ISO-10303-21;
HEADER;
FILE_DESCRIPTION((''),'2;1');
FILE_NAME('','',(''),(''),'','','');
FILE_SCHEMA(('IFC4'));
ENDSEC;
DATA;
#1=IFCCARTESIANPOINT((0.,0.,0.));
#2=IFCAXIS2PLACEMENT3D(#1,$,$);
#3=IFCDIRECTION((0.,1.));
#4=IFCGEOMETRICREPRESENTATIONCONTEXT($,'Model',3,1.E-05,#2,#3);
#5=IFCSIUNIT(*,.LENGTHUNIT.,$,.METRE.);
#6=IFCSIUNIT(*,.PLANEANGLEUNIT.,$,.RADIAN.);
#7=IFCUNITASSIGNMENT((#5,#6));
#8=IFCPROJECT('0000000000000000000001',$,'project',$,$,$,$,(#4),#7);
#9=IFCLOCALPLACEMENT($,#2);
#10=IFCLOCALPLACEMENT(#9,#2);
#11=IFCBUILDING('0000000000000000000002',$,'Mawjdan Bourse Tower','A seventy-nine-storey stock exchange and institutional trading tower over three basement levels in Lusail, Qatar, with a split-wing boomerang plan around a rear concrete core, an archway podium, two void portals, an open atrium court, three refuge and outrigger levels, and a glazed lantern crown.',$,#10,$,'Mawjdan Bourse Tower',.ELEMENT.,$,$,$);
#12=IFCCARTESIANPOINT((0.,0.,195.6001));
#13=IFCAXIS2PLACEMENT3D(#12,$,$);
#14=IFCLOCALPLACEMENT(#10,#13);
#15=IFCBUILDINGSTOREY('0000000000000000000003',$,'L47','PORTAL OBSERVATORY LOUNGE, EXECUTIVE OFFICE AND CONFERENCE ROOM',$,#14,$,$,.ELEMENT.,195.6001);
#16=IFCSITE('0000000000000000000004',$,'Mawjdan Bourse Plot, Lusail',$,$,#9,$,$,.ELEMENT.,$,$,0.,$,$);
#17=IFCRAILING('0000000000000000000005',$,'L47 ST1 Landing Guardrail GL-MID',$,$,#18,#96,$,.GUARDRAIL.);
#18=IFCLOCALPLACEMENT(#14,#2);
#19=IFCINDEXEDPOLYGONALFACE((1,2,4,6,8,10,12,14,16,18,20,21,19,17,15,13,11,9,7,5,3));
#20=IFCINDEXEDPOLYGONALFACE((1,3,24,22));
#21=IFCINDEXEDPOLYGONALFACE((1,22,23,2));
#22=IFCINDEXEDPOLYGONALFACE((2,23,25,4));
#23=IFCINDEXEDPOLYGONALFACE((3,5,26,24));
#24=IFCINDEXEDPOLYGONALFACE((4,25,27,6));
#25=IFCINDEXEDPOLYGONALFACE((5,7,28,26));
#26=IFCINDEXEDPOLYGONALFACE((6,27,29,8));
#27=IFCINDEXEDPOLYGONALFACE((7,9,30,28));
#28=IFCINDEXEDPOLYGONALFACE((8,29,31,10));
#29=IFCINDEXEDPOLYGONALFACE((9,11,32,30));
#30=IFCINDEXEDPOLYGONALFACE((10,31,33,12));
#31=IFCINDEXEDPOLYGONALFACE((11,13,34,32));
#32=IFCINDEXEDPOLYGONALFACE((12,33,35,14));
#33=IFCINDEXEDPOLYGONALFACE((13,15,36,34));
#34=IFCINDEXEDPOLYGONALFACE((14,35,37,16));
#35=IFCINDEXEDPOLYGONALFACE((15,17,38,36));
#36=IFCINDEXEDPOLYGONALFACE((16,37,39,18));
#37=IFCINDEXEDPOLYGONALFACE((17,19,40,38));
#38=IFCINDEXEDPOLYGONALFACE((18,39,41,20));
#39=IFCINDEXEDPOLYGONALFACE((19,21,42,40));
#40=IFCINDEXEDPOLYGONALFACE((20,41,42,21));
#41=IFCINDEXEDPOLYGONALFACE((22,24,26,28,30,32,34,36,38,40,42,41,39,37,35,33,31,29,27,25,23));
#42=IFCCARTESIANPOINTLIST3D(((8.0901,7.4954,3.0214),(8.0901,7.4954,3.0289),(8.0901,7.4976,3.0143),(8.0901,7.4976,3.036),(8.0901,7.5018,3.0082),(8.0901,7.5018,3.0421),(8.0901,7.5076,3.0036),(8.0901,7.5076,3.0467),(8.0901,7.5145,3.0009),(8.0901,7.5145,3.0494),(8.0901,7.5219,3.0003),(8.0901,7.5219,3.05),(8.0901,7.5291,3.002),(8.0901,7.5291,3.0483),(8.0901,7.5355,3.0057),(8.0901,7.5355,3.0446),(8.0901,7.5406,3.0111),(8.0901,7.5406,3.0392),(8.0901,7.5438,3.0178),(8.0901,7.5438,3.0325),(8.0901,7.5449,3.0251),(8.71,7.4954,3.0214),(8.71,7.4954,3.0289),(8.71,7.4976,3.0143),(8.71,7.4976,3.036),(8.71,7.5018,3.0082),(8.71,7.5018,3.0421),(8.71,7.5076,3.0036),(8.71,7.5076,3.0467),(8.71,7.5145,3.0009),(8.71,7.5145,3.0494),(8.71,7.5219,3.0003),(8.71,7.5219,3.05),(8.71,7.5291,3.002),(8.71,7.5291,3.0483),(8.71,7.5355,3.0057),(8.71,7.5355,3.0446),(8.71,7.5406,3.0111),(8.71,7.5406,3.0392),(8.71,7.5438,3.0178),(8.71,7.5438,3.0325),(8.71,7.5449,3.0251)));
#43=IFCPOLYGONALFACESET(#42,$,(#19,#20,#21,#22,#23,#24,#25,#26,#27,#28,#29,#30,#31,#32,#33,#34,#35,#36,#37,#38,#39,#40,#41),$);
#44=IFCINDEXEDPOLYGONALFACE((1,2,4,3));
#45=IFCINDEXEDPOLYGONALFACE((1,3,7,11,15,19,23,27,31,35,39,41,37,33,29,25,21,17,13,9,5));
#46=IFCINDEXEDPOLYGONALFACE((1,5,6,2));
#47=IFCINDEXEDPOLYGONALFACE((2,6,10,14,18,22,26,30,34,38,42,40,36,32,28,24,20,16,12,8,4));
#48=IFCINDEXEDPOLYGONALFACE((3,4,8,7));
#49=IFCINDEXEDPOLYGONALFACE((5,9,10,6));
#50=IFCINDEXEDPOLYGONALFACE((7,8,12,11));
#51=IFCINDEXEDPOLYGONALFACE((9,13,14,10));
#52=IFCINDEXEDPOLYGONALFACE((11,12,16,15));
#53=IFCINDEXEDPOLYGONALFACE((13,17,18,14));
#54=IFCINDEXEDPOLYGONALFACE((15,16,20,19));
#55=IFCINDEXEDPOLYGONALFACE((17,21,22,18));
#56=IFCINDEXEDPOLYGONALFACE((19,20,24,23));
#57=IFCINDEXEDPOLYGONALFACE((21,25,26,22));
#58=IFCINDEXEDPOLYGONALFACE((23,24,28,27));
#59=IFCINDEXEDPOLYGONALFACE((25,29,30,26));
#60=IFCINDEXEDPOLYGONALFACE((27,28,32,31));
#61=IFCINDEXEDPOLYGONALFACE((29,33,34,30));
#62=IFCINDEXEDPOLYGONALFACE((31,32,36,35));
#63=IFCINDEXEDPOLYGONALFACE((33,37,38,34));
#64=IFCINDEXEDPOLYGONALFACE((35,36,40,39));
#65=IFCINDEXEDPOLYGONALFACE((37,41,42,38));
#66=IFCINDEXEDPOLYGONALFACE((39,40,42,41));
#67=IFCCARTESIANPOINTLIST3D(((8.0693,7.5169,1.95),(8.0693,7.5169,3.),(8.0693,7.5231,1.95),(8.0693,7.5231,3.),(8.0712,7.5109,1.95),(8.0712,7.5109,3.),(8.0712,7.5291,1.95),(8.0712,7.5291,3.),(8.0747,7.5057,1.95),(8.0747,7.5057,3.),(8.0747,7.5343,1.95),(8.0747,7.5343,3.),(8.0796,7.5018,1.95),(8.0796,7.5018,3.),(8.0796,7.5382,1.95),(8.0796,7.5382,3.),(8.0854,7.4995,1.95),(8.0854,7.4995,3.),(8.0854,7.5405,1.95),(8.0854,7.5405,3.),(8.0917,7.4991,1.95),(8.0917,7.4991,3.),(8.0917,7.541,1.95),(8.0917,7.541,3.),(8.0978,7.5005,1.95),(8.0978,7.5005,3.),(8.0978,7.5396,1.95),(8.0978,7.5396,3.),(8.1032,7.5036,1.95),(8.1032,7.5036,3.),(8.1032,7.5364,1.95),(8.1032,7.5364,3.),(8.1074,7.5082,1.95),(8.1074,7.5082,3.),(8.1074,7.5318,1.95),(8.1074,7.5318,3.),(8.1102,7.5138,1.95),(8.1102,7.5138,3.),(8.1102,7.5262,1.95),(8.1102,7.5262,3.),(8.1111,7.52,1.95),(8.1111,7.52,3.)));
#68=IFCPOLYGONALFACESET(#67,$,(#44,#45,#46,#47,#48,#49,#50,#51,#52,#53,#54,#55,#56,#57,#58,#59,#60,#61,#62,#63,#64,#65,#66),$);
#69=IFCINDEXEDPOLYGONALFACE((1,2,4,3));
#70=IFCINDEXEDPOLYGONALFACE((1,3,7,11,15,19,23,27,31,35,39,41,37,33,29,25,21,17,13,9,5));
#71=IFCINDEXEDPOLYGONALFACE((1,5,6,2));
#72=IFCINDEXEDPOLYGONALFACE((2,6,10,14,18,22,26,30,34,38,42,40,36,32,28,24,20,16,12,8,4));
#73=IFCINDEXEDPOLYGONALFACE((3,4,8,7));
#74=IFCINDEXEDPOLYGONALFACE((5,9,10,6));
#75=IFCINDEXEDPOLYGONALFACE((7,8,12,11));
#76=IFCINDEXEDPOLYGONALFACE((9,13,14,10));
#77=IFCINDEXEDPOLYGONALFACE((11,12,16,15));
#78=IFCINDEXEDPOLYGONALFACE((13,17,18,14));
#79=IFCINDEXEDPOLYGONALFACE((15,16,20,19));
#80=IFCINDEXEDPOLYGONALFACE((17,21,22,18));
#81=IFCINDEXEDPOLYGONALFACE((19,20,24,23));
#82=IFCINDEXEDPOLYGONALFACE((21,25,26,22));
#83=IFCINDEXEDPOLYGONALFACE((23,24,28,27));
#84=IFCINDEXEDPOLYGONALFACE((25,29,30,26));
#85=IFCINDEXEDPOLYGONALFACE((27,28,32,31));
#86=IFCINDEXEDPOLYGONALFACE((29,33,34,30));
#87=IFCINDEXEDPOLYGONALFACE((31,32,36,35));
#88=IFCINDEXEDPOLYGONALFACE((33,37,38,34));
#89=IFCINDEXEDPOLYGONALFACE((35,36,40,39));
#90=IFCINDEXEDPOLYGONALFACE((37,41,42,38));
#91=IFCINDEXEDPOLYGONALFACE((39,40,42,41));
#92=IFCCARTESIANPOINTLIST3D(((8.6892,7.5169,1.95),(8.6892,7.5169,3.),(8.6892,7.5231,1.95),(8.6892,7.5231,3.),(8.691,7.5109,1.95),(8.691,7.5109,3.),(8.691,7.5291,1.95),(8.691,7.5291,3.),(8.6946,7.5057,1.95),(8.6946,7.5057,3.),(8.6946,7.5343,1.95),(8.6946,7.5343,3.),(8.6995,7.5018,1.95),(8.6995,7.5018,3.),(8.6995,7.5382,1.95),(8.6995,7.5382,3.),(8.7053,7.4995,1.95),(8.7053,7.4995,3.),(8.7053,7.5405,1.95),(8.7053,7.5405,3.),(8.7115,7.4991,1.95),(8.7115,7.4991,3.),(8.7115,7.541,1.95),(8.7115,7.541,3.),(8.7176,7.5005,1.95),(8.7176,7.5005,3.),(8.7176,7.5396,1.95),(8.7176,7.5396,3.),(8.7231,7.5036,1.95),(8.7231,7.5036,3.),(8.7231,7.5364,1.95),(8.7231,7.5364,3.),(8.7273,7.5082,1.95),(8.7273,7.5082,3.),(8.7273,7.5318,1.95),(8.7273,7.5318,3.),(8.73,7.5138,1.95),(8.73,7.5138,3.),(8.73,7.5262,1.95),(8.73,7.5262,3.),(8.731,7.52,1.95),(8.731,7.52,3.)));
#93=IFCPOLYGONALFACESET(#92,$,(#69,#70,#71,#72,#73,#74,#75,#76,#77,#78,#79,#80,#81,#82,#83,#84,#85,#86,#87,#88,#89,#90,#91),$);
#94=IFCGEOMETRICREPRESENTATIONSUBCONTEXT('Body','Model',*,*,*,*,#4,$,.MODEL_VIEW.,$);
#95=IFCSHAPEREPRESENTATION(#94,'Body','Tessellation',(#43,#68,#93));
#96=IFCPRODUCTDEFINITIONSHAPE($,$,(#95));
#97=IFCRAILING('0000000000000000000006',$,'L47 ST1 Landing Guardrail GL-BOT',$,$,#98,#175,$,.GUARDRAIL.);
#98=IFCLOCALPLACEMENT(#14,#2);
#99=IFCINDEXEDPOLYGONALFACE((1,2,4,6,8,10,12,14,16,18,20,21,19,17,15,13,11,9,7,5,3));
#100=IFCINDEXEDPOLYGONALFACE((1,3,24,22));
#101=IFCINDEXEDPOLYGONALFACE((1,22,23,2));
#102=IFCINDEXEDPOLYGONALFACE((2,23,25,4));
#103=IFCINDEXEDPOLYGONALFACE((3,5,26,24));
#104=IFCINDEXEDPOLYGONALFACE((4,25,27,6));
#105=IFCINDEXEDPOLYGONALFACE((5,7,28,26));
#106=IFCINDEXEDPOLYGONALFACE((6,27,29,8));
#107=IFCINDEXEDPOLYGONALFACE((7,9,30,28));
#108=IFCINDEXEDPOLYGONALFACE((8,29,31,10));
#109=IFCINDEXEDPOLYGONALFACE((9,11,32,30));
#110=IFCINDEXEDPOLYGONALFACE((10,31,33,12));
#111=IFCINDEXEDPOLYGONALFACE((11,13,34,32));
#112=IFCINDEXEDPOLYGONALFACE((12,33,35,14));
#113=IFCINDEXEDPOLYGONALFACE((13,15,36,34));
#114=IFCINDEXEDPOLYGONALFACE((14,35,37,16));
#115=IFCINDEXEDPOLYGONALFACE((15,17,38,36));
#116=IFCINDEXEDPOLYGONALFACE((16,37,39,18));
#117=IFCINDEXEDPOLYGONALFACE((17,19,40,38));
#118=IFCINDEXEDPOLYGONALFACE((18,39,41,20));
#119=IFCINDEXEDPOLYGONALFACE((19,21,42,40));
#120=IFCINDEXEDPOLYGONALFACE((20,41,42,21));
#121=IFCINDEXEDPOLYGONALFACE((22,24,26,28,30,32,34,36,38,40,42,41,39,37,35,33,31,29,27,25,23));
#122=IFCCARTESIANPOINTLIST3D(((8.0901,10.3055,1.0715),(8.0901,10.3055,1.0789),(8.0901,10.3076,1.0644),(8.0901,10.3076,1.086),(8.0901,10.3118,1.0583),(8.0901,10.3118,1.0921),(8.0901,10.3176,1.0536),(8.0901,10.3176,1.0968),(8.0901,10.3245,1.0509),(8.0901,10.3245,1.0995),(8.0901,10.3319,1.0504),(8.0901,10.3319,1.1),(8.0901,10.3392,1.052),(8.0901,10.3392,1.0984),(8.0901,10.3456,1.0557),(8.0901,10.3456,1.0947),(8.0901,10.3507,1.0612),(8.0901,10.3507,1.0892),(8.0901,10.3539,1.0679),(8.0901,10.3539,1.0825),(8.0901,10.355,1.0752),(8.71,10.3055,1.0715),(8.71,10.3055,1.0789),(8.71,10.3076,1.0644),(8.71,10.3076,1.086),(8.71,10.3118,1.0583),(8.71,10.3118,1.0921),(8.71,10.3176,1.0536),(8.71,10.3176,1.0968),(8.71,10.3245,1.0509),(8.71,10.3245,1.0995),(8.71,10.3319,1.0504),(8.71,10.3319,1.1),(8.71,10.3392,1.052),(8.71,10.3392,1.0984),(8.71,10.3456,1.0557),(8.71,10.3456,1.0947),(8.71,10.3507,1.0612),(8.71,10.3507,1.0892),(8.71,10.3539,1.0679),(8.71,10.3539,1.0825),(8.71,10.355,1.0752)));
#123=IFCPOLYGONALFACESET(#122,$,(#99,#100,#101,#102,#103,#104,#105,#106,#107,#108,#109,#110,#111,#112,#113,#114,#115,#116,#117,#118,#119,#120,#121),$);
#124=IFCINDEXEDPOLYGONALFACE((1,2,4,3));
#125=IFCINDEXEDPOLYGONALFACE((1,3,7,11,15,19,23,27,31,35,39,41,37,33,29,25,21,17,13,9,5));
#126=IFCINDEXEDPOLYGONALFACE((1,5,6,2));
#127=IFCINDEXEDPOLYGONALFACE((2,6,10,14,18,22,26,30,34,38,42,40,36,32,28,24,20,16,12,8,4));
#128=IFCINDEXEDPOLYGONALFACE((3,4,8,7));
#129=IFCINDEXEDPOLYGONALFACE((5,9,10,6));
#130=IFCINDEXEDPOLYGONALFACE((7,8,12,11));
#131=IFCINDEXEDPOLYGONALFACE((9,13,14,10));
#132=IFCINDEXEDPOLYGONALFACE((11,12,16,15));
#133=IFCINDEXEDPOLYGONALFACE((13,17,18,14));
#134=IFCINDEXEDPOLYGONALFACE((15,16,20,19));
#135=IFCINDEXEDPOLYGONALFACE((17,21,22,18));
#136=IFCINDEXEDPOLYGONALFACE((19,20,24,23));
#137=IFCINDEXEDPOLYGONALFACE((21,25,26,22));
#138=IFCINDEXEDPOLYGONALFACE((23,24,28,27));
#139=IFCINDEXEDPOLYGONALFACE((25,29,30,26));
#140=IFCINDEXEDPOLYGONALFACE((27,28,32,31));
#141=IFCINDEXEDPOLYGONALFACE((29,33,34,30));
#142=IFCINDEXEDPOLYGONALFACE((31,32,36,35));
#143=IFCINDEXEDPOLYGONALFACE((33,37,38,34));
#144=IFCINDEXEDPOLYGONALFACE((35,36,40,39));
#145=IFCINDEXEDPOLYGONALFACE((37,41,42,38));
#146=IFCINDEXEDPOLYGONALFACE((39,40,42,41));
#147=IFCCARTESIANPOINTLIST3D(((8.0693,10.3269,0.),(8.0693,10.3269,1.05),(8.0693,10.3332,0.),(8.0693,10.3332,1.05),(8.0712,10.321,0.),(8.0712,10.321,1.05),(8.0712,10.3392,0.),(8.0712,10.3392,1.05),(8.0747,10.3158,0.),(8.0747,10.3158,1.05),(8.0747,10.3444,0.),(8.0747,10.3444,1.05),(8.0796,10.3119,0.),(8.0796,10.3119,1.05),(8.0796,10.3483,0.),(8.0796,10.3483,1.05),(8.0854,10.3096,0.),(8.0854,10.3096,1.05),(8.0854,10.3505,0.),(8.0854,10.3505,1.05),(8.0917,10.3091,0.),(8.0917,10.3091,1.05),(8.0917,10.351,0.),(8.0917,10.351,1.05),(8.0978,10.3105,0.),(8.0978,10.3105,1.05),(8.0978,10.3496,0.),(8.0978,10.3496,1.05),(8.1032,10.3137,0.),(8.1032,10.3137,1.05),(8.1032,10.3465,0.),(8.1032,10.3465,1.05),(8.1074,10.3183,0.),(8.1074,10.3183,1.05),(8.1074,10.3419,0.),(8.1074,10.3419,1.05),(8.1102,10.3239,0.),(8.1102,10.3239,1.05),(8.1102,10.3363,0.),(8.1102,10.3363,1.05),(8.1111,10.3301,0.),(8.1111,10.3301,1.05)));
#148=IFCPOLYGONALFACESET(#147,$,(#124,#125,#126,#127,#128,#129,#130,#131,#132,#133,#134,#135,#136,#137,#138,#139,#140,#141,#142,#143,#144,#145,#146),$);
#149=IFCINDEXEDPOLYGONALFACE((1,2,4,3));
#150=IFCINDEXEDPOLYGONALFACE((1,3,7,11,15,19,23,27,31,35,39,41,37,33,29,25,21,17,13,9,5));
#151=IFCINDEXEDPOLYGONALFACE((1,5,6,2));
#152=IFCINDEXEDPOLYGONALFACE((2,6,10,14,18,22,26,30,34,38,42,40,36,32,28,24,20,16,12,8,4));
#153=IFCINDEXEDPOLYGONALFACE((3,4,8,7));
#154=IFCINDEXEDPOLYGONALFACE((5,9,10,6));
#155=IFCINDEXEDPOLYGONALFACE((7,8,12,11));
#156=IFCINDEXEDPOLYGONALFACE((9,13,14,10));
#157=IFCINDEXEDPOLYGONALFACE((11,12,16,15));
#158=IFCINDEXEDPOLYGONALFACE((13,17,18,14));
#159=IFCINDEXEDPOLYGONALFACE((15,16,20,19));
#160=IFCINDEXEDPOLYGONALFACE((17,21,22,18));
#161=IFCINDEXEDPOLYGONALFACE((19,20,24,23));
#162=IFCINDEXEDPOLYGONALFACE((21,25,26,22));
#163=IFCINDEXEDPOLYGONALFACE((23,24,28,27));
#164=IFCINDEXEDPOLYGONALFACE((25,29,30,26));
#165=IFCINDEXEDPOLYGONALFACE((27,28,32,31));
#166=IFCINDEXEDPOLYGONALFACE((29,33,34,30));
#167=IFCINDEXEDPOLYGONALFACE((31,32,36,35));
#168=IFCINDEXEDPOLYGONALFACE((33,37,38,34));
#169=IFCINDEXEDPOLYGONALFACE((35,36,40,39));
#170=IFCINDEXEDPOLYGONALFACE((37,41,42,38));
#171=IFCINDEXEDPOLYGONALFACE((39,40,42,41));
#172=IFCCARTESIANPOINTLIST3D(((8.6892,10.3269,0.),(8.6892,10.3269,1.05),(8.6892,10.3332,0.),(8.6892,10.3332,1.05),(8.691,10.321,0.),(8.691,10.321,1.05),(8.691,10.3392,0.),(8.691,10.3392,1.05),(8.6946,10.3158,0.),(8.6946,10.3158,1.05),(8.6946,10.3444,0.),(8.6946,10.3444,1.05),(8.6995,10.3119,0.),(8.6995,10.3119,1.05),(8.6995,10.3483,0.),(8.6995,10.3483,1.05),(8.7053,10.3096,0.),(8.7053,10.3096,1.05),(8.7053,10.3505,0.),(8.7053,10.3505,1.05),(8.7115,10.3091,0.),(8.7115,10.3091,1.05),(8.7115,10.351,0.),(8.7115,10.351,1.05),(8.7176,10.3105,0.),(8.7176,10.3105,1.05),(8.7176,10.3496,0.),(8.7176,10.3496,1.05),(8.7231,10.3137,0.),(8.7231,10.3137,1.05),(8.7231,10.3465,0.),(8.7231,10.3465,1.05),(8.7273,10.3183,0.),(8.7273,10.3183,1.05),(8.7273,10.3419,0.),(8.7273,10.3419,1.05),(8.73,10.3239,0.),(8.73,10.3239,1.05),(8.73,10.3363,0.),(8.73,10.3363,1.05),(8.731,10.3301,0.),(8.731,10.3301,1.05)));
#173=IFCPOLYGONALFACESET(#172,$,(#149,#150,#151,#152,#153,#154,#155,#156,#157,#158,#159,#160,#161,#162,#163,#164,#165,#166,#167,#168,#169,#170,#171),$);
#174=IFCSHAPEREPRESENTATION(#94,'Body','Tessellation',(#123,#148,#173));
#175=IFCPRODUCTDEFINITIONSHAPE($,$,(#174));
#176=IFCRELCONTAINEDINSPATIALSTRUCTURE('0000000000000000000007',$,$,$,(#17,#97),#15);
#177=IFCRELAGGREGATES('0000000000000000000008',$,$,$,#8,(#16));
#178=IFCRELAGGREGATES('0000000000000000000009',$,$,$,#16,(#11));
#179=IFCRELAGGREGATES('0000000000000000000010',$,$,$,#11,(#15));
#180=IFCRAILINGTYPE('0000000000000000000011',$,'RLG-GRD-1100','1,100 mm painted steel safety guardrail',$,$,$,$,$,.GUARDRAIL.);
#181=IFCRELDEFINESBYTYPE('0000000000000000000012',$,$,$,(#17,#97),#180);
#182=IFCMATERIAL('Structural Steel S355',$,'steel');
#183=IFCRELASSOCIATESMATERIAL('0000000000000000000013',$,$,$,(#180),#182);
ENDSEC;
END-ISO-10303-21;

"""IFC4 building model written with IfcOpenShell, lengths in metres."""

from ifc_helpers import new_model, si_unit, direction, frame, origin, origin_2d, place, context, subcontext, project, spatial, circle, extrude, material, type_object, element, save


model = new_model("IFC4")

# Units and contexts
model_context = context("Model", 3, precision=1e-05, world=origin(), true_north=direction((0.0, 1.0)))
body_context = subcontext(model_context, "Body", "Model", "MODEL_VIEW")
ifc_project = project(units=[si_unit("LENGTHUNIT", "METRE"), si_unit("PLANEANGLEUNIT", "RADIAN")], contexts=[model_context])

# Site, building, storey
site_placement = place(None, origin())
site = spatial("IfcSite", under=ifc_project, at=site_placement, Name="Mawjdan Bourse Plot, Lusail", CompositionType="ELEMENT", RefElevation=0.0)
building_placement = place(site_placement, origin())
building = spatial("IfcBuilding", under=site, at=building_placement, Name="Mawjdan Bourse Tower", Description="A seventy-nine-storey stock exchange and institutional trading tower over three basement levels in Lusail, Qatar, with a split-wing boomerang plan around a rear concrete core, an archway podium, two void portals, an open atrium court, three refuge and outrigger levels, and a glazed lantern crown.", LongName="Mawjdan Bourse Tower", CompositionType="ELEMENT")
storey_placement = place(building_placement, frame((0.0, 0.0, 195.6001)))
storey = spatial("IfcBuildingStorey", under=building, at=storey_placement, Name="L47", Description="PORTAL OBSERVATORY LOUNGE, EXECUTIVE OFFICE AND CONFERENCE ROOM", CompositionType="ELEMENT", Elevation=195.6001)

# Railings
ifc_material_1 = material(Name="Structural Steel S355", Category="steel")
railing_type_1 = type_object("IfcRailingType", Name="RLG-GRD-1100", Description="1,100 mm painted steel safety guardrail", PredefinedType="GUARDRAIL", material=ifc_material_1)
for number, where, name in (
    (1, (8.0901, 7.52, 1.95), "L47 ST1 Landing Guardrail GL-MID"),
    (2, (8.0901, 10.3301, 0.0), "L47 ST1 Landing Guardrail GL-BOT"),
):
    element("IfcRailing", number, at=place(storey_placement, frame(where)), inside=storey, type_object=railing_type_1, Name=name, PredefinedType="GUARDRAIL", context=body_context, shape_type="SweptSolid", body=[
        extrude(circle(Radius=0.0249, at=origin_2d()), frame((0.0, 0.0, 1.0752), z_axis=(1.0, 0.0, 0.0), x_axis=(0.0, 1.0, 0.0)), (0.0, 0.0, 1.0), 0.6199),
        extrude(circle(Radius=0.021, at=origin_2d()), origin(), (0.0, 0.0, 1.0), 1.05),
        extrude(circle(Radius=0.021, at=origin_2d()), frame((0.6199, 0.0, 0.0)), (0.0, 0.0, 1.0), 1.05),
    ])

save(model, "model.ifc")
